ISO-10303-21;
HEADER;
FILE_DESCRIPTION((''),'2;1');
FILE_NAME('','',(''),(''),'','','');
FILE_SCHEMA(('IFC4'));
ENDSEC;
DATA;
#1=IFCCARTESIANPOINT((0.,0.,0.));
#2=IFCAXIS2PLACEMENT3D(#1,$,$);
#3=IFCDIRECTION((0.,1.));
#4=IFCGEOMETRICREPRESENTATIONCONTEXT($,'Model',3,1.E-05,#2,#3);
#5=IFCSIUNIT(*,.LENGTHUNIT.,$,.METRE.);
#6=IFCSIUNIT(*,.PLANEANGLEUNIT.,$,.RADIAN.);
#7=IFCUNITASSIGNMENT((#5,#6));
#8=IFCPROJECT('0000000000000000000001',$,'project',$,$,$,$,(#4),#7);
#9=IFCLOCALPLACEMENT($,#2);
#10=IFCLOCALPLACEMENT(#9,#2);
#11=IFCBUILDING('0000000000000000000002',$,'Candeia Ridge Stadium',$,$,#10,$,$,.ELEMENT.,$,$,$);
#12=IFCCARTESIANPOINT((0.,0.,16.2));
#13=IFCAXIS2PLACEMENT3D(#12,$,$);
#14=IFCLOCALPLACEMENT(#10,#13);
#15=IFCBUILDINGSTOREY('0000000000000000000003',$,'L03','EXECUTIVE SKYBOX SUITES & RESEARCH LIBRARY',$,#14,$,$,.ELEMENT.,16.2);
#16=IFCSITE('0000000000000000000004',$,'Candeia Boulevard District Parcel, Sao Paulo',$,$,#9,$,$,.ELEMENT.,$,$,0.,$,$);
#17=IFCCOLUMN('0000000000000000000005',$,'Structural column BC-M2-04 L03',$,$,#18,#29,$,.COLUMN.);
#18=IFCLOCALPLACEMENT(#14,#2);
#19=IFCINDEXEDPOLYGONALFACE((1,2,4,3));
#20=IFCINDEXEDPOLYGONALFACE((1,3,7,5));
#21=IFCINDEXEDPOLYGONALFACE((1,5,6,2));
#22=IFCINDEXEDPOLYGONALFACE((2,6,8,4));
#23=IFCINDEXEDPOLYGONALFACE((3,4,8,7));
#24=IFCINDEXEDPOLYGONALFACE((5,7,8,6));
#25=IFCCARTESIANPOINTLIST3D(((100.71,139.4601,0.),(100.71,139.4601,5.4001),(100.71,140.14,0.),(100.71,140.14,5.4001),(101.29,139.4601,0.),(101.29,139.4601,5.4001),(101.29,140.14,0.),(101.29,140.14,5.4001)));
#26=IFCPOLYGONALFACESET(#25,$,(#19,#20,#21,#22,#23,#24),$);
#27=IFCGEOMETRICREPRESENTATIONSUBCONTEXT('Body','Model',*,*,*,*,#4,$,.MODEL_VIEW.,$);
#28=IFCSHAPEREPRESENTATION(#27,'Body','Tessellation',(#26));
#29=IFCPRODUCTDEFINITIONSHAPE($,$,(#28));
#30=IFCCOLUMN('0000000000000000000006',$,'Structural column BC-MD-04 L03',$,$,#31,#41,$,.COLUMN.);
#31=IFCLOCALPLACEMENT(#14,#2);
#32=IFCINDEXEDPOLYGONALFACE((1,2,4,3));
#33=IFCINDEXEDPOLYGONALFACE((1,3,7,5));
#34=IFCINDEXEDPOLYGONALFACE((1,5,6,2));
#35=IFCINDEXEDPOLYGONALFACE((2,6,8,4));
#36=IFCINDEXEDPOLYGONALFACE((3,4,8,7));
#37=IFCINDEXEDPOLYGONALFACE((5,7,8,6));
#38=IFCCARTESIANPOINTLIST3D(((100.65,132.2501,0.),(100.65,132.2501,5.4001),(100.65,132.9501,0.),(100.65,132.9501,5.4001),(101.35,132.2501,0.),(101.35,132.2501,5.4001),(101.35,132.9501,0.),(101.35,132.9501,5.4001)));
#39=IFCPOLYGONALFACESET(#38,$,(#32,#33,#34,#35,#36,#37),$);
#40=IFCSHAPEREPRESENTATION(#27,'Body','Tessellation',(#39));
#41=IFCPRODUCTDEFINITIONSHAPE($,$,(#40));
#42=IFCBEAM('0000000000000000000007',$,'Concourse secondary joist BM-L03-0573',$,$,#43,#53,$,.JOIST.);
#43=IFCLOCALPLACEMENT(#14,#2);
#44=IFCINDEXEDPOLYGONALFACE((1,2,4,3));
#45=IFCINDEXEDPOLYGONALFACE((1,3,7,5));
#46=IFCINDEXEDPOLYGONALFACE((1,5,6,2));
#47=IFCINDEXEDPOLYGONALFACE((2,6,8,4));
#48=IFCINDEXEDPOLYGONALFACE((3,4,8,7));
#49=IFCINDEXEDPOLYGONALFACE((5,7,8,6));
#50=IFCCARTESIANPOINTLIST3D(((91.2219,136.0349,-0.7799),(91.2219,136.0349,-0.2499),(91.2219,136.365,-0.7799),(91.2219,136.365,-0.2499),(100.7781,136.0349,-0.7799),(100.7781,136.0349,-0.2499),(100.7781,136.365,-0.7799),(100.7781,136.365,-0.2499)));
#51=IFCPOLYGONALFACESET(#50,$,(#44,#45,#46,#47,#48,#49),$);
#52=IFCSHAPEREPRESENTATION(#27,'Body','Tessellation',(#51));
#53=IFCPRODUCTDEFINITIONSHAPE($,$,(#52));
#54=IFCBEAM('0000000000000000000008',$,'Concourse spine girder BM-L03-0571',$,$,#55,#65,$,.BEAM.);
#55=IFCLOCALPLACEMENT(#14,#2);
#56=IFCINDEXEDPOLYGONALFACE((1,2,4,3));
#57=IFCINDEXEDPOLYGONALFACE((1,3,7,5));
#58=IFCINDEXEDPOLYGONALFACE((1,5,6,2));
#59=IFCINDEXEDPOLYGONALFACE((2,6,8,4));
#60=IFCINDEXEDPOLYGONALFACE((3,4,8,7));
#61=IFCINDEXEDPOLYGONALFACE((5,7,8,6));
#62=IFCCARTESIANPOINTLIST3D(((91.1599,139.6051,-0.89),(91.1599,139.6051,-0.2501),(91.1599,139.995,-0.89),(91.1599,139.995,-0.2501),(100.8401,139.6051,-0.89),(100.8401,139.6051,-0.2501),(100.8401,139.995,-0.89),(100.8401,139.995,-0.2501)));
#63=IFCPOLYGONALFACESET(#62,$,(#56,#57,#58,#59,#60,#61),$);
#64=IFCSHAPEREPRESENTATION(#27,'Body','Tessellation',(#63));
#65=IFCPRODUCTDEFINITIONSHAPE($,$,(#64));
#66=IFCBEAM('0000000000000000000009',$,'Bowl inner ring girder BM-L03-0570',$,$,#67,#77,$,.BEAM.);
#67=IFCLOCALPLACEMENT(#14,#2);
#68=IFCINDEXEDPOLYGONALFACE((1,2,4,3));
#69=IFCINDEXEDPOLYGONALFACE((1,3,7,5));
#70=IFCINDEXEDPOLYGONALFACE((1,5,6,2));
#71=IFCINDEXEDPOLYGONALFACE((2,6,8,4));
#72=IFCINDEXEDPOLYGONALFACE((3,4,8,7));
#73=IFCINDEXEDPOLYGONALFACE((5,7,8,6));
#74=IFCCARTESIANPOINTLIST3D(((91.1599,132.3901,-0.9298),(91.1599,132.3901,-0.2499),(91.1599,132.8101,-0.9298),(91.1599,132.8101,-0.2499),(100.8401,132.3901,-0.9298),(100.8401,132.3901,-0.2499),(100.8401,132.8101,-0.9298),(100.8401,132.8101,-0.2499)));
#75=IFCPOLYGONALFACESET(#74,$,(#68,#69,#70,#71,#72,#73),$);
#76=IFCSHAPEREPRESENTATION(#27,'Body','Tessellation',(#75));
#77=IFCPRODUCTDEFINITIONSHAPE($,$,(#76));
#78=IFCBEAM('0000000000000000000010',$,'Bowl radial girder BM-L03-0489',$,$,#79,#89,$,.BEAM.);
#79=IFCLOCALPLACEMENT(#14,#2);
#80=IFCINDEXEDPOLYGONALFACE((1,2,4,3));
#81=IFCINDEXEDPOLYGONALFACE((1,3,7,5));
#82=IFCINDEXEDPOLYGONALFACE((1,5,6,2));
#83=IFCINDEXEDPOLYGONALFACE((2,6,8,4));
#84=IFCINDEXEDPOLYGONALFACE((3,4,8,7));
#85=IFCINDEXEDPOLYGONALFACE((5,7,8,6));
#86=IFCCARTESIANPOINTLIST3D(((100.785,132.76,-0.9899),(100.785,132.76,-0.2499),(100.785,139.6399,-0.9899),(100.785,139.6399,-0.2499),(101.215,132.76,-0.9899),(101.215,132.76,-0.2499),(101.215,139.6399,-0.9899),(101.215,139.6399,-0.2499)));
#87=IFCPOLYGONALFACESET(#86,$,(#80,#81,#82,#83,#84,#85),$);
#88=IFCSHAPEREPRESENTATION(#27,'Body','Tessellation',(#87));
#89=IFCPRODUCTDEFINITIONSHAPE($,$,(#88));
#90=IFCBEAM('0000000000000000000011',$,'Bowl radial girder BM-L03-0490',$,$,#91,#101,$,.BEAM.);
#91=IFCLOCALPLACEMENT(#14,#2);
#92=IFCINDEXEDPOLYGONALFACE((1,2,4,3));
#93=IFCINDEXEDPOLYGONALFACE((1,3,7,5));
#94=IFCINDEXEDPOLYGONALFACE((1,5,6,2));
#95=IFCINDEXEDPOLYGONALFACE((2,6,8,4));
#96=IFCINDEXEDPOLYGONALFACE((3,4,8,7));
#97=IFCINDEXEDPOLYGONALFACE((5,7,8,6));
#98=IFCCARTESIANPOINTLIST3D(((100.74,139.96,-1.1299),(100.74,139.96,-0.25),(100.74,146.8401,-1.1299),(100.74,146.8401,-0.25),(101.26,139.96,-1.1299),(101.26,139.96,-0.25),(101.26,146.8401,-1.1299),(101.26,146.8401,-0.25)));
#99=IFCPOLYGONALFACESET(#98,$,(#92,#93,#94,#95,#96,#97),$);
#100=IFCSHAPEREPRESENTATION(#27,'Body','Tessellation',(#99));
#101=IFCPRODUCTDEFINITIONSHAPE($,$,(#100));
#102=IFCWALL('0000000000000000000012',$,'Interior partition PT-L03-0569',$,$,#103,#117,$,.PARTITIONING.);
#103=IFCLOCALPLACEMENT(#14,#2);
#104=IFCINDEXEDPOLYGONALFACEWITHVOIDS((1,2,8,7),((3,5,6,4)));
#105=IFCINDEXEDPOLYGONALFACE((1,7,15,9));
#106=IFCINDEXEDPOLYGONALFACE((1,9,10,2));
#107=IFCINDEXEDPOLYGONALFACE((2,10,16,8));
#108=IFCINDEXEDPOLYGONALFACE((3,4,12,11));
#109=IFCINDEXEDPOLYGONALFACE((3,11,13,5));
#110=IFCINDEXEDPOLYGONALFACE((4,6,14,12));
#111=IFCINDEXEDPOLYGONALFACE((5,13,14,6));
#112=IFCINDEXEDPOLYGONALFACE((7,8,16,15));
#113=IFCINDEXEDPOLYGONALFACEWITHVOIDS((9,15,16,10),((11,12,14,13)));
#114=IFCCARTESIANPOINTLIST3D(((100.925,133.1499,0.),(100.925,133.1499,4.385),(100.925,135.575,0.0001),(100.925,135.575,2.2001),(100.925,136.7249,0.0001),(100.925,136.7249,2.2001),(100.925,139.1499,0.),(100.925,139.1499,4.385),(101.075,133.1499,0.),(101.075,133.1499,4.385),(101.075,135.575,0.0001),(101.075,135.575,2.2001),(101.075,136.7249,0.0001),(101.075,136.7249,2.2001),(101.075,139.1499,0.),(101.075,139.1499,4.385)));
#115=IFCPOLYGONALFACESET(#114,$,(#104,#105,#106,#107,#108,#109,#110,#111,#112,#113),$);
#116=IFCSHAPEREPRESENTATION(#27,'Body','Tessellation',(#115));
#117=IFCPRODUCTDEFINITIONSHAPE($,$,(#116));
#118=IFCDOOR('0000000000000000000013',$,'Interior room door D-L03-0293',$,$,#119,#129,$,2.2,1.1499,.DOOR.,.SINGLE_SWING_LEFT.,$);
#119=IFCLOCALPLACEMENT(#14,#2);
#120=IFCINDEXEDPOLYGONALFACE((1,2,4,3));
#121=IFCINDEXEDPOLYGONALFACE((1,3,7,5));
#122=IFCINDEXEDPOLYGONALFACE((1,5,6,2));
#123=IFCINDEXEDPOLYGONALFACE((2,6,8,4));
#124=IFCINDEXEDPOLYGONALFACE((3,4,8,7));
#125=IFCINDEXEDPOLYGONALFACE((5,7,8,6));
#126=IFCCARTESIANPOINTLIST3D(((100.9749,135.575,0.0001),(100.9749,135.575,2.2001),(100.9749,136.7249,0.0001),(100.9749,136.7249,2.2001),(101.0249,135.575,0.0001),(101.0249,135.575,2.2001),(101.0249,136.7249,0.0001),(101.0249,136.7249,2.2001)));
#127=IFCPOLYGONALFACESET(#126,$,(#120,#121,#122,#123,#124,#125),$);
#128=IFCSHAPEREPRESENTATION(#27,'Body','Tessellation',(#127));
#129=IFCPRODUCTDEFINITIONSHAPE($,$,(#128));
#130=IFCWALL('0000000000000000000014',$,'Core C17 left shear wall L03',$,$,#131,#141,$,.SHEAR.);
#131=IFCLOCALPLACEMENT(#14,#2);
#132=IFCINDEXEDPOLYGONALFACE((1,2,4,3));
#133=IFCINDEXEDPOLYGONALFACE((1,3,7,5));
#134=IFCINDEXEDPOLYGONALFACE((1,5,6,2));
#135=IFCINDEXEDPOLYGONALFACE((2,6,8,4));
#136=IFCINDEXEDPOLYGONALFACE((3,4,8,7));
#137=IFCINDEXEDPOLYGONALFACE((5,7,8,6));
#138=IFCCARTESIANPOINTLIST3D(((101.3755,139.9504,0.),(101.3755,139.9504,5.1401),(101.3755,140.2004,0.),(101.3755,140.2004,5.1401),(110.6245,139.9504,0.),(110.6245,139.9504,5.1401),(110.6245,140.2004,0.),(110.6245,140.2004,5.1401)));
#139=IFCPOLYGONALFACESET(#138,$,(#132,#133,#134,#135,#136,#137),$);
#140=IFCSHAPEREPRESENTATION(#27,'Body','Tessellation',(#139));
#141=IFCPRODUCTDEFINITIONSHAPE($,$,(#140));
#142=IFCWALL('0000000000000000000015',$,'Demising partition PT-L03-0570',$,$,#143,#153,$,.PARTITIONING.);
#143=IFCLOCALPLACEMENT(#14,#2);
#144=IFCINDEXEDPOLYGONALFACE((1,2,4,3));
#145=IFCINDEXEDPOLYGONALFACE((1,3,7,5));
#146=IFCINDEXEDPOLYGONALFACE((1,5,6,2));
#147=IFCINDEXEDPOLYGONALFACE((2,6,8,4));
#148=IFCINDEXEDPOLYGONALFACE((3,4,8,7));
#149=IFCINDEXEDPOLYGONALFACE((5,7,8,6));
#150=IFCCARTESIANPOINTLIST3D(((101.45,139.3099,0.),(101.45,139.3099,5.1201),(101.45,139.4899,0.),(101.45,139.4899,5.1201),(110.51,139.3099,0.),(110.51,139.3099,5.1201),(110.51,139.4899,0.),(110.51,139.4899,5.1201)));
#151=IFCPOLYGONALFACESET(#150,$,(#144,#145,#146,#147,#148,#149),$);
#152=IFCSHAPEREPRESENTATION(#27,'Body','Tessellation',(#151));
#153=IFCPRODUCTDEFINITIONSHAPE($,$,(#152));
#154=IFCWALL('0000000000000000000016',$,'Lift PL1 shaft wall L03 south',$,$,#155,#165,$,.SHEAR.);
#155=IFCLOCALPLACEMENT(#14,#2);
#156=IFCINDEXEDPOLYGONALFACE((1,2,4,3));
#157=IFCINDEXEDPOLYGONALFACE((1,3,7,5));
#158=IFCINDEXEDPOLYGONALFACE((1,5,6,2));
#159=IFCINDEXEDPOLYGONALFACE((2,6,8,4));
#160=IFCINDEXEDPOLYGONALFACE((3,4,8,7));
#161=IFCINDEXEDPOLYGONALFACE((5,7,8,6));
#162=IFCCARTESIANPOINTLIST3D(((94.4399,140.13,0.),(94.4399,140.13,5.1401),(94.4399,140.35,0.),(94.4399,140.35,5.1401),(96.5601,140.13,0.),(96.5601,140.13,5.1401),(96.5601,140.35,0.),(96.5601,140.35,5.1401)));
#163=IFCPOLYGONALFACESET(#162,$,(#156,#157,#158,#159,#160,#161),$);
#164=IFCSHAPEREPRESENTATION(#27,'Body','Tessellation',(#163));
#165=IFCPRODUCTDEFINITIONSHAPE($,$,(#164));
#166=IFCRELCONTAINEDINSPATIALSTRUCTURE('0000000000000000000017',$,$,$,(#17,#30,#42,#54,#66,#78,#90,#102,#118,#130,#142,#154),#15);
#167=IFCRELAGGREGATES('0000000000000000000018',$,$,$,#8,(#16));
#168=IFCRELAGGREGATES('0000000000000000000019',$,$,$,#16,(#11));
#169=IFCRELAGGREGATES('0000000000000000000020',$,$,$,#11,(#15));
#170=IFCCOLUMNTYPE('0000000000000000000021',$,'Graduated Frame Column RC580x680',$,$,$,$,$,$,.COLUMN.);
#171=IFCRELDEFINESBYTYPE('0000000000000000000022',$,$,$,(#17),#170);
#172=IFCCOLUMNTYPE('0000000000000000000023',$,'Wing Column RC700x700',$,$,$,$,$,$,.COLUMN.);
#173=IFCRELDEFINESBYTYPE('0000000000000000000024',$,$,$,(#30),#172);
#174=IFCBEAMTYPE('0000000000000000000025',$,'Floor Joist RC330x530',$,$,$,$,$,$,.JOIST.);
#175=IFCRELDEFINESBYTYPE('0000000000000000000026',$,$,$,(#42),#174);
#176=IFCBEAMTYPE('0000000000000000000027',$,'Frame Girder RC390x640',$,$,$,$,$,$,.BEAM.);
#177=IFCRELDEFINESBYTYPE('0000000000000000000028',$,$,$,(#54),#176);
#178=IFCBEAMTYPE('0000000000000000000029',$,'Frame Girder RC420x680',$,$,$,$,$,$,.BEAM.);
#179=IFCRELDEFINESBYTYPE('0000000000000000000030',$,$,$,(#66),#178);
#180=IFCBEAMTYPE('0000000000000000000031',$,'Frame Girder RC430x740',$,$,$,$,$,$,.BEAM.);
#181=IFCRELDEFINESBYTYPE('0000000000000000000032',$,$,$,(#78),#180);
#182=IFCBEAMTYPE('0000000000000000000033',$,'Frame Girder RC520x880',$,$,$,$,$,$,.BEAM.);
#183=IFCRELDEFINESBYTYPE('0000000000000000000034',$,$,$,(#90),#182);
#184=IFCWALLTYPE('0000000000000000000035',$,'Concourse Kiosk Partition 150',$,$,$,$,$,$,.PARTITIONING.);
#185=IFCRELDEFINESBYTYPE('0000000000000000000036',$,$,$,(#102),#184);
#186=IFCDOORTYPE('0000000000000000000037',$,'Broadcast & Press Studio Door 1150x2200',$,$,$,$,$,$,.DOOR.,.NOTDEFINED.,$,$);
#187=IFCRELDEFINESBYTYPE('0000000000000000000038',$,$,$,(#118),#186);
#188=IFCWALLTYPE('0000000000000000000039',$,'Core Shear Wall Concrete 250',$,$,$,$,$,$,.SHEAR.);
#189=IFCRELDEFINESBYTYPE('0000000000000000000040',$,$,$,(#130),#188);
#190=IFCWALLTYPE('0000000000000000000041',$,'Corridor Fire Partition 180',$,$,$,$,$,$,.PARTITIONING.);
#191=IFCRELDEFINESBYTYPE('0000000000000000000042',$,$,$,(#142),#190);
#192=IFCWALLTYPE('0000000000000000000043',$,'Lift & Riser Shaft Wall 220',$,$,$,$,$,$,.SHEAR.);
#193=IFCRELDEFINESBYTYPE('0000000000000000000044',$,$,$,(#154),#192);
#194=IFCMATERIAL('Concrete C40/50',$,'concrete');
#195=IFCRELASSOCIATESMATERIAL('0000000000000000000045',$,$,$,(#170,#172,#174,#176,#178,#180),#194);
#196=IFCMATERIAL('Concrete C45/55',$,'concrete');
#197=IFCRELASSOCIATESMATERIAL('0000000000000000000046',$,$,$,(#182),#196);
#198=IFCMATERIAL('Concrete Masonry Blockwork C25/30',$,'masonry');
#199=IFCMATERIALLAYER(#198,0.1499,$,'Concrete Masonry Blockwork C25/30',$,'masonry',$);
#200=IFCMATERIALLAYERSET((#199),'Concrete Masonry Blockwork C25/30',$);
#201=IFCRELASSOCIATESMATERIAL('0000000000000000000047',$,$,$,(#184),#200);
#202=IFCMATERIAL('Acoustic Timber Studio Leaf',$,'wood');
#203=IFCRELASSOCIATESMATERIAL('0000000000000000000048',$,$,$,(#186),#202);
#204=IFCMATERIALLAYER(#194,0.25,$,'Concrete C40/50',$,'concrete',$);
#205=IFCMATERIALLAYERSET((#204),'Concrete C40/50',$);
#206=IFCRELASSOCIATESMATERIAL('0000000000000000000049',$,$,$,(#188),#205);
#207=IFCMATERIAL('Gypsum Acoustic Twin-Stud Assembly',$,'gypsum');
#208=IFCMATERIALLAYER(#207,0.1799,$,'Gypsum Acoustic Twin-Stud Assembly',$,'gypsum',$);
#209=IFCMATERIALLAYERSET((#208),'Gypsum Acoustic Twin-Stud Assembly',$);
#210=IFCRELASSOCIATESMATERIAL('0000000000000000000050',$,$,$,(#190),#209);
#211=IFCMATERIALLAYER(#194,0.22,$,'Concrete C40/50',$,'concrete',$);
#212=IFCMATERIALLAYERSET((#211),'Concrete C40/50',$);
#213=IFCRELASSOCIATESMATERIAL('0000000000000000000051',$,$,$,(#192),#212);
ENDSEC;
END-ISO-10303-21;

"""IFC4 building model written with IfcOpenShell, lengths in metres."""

from ifc_helpers import new_model, si_unit, direction, frame, frame_2d, origin, origin_2d, place, context, subcontext, project, spatial, rectangle, extrude, material, layer, layer_set, material_profile, profile_set, type_object, element, fill, save


model = new_model("IFC4")

# Units and contexts
model_context = context("Model", 3, precision=1e-05, world=origin(), true_north=direction((0.0, 1.0)))
body_context = subcontext(model_context, "Body", "Model", "MODEL_VIEW")
ifc_project = project(units=[si_unit("LENGTHUNIT", "METRE"), si_unit("PLANEANGLEUNIT", "RADIAN")], contexts=[model_context])

# Site, building, storey
site_placement = place(None, origin())
site = spatial("IfcSite", under=ifc_project, at=site_placement, Name="Candeia Boulevard District Parcel, Sao Paulo", CompositionType="ELEMENT", RefElevation=0.0)
building_placement = place(site_placement, origin())
building = spatial("IfcBuilding", under=site, at=building_placement, Name="Candeia Ridge Stadium", CompositionType="ELEMENT")
storey_placement = place(building_placement, frame((0.0, 0.0, 16.2)))
storey = spatial("IfcBuildingStorey", under=building, at=storey_placement, Name="L03", Description="EXECUTIVE SKYBOX SUITES & RESEARCH LIBRARY", CompositionType="ELEMENT", Elevation=16.2)

# Columns
ifc_material_1 = material(Name="Concrete C40/50", Category="concrete")
ifc_material_profile_1 = material_profile(ifc_material_1, rectangle(XDim=0.5801, YDim=0.6799, at=origin_2d()), Name="RC580x680", Category="concrete")
ifc_profile_set_1 = profile_set([ifc_material_profile_1], Name="Concrete C40/50")
column_type_1 = type_object("IfcColumnType", Name="Graduated Frame Column RC580x680", PredefinedType="COLUMN", material=ifc_profile_set_1)
column_1_placement = place(storey_placement, frame((101.0, 139.8, 0.0), z_axis=(0.0, 0.0, 1.0), x_axis=(1.0, 0.0, 0.0)))
element("IfcColumn", 1, at=column_1_placement, inside=storey, type_object=column_type_1, Name="Structural column BC-M2-04 L03", PredefinedType="COLUMN", context=body_context, shape_type="SweptSolid", body=[
    extrude(rectangle(XDim=0.5801, YDim=0.6799, at=origin_2d()), origin(), (0.0, 0.0, 1.0), 5.4001),
])
ifc_material_profile_2 = material_profile(ifc_material_1, rectangle(XDim=0.7, YDim=0.7, at=origin_2d()), Name="RC700x700", Category="concrete")
ifc_profile_set_2 = profile_set([ifc_material_profile_2], Name="Concrete C40/50")
column_type_2 = type_object("IfcColumnType", Name="Wing Column RC700x700", PredefinedType="COLUMN", material=ifc_profile_set_2)
column_2_placement = place(storey_placement, frame((101.0, 132.6001, 0.0), z_axis=(0.0, 0.0, 1.0), x_axis=(1.0, 0.0, 0.0)))
element("IfcColumn", 2, at=column_2_placement, inside=storey, type_object=column_type_2, Name="Structural column BC-MD-04 L03", PredefinedType="COLUMN", context=body_context, shape_type="SweptSolid", body=[
    extrude(rectangle(XDim=0.7, YDim=0.7, at=origin_2d()), origin(), (0.0, 0.0, 1.0), 5.4001),
])

# Beams
ifc_material_profile_3 = material_profile(ifc_material_1, rectangle(XDim=0.3301, YDim=0.53, at=origin_2d()), Name="RC330x530", Category="concrete")
ifc_profile_set_3 = profile_set([ifc_material_profile_3], Name="Concrete C40/50")
beam_type_1 = type_object("IfcBeamType", Name="Floor Joist RC330x530", PredefinedType="JOIST", material=ifc_profile_set_3)
beam_1_placement = place(storey_placement, frame((100.7781, 136.2, -0.5149), z_axis=(-1.0, 0.0, 0.0), x_axis=(0.0, -1.0, 0.0)))
element("IfcBeam", 3, at=beam_1_placement, inside=storey, type_object=beam_type_1, Name="Concourse secondary joist BM-L03-0573", PredefinedType="JOIST", context=body_context, shape_type="SweptSolid", body=[
    extrude(rectangle(XDim=0.3301, YDim=0.53, at=origin_2d()), origin(), (0.0, 0.0, 1.0), 9.5562),
])
ifc_material_profile_4 = material_profile(ifc_material_1, rectangle(XDim=0.3899, YDim=0.6399, at=origin_2d()), Name="RC390x640", Category="concrete")
ifc_profile_set_4 = profile_set([ifc_material_profile_4], Name="Concrete C40/50")
beam_type_2 = type_object("IfcBeamType", Name="Frame Girder RC390x640", PredefinedType="BEAM", material=ifc_profile_set_4)
beam_2_placement = place(storey_placement, frame((100.8401, 139.8, -0.5701), z_axis=(-1.0, 0.0, 0.0), x_axis=(0.0, -1.0, 0.0)))
element("IfcBeam", 4, at=beam_2_placement, inside=storey, type_object=beam_type_2, Name="Concourse spine girder BM-L03-0571", PredefinedType="BEAM", context=body_context, shape_type="SweptSolid", body=[
    extrude(rectangle(XDim=0.3899, YDim=0.6399, at=origin_2d()), origin(), (0.0, 0.0, 1.0), 9.6802),
])
ifc_material_profile_5 = material_profile(ifc_material_1, rectangle(XDim=0.4199, YDim=0.6799, at=origin_2d()), Name="RC420x680", Category="concrete")
ifc_profile_set_5 = profile_set([ifc_material_profile_5], Name="Concrete C40/50")
beam_type_3 = type_object("IfcBeamType", Name="Frame Girder RC420x680", PredefinedType="BEAM", material=ifc_profile_set_5)
beam_3_placement = place(storey_placement, frame((100.8401, 132.6001, -0.5898), z_axis=(-1.0, 0.0, 0.0), x_axis=(0.0, -1.0, 0.0)))
element("IfcBeam", 5, at=beam_3_placement, inside=storey, type_object=beam_type_3, Name="Bowl inner ring girder BM-L03-0570", PredefinedType="BEAM", context=body_context, shape_type="SweptSolid", body=[
    extrude(rectangle(XDim=0.4199, YDim=0.6799, at=origin_2d()), origin(), (0.0, 0.0, 1.0), 9.6802),
])
ifc_material_profile_6 = material_profile(ifc_material_1, rectangle(XDim=0.4299, YDim=0.74, at=origin_2d()), Name="RC430x740", Category="concrete")
ifc_profile_set_6 = profile_set([ifc_material_profile_6], Name="Concrete C40/50")
beam_type_4 = type_object("IfcBeamType", Name="Frame Girder RC430x740", PredefinedType="BEAM", material=ifc_profile_set_6)
beam_4_placement = place(storey_placement, frame((101.0, 132.76, -0.6199), z_axis=(0.0, 1.0, 0.0), x_axis=(-1.0, 0.0, 0.0)))
element("IfcBeam", 6, at=beam_4_placement, inside=storey, type_object=beam_type_4, Name="Bowl radial girder BM-L03-0489", PredefinedType="BEAM", context=body_context, shape_type="SweptSolid", body=[
    extrude(rectangle(XDim=0.4299, YDim=0.74, at=origin_2d()), origin(), (0.0, 0.0, 1.0), 6.8799),
])
ifc_material_2 = material(Name="Concrete C45/55", Category="concrete")
ifc_material_profile_7 = material_profile(ifc_material_2, rectangle(XDim=0.52, YDim=0.8799, at=origin_2d()), Name="RC520x880", Category="concrete")
ifc_profile_set_7 = profile_set([ifc_material_profile_7], Name="Concrete C45/55")
beam_type_5 = type_object("IfcBeamType", Name="Frame Girder RC520x880", PredefinedType="BEAM", material=ifc_profile_set_7)
beam_5_placement = place(storey_placement, frame((101.0, 139.96, -0.6899), z_axis=(0.0, 1.0, 0.0), x_axis=(-1.0, 0.0, 0.0)))
element("IfcBeam", 7, at=beam_5_placement, inside=storey, type_object=beam_type_5, Name="Bowl radial girder BM-L03-0490", PredefinedType="BEAM", context=body_context, shape_type="SweptSolid", body=[
    extrude(rectangle(XDim=0.52, YDim=0.8799, at=origin_2d()), origin(), (0.0, 0.0, 1.0), 6.8801),
])

# Wall, opening, door
ifc_material_3 = material(Name="Concrete Masonry Blockwork C25/30", Category="masonry")
ifc_layer_1 = layer(ifc_material_3, 0.1499, Name="Concrete Masonry Blockwork C25/30", Category="masonry")
ifc_layer_set_1 = layer_set([ifc_layer_1], Name="Concrete Masonry Blockwork C25/30")
wall_type_1 = type_object("IfcWallType", Name="Concourse Kiosk Partition 150", PredefinedType="PARTITIONING", material=ifc_layer_set_1)
wall_1_placement = place(storey_placement, frame((101.0, 133.1499, 0.0), z_axis=(0.0, 0.0, 1.0), x_axis=(0.0, 1.0, 0.0)))
wall_1 = element("IfcWall", 8, at=wall_1_placement, inside=storey, type_object=wall_type_1, Name="Interior partition PT-L03-0569", PredefinedType="PARTITIONING", context=body_context, shape_type="SweptSolid", body=[
    extrude(rectangle(XDim=6.0, YDim=0.1499, at=frame_2d((3.0, 0.0))), origin(), (0.0, 0.0, 1.0), 4.385),
])
opening_1_placement = place(wall_1_placement, frame((2.425, 0.0, 0.0)))
opening_1 = element("IfcOpeningElement", 9, at=opening_1_placement, cuts=wall_1, PredefinedType="OPENING", context=body_context, shape_type="SweptSolid", body=[
    extrude(rectangle(XDim=1.1499, YDim=2.2, at=frame_2d((0.575, 1.1001))), frame((0.0, 0.085, 0.0), z_axis=(0.0, -1.0, 0.0), x_axis=(1.0, 0.0, 0.0)), (0.0, 0.0, 1.0), 0.1699),
])
ifc_material_4 = material(Name="Acoustic Timber Studio Leaf", Category="wood")
door_type_1 = type_object("IfcDoorType", Name="Broadcast & Press Studio Door 1150x2200", OperationType="NOTDEFINED", PredefinedType="DOOR", material=ifc_material_4)
door_1_placement = place(opening_1_placement, frame((1.1499, 0.0, 0.0), z_axis=(0.0, 0.0, 1.0), x_axis=(-1.0, 0.0, 0.0)))
door_1 = element("IfcDoor", 10, at=door_1_placement, inside=storey, type_object=door_type_1, Name="Interior room door D-L03-0293", OperationType="SINGLE_SWING_LEFT", OverallHeight=2.2, OverallWidth=1.1499, PredefinedType="DOOR", context=body_context, shape_type="SweptSolid", body=[
    extrude(rectangle(XDim=1.1499, YDim=2.2, at=frame_2d((0.575, 1.1001))), frame((0.0, 0.0249, 0.0), z_axis=(0.0, -1.0, 0.0), x_axis=(1.0, 0.0, 0.0)), (0.0, 0.0, 1.0), 0.05),
])
fill(opening_1, door_1)

# Walls
ifc_layer_2 = layer(ifc_material_1, 0.25, Name="Concrete C40/50", Category="concrete")
ifc_layer_set_2 = layer_set([ifc_layer_2], Name="Concrete C40/50")
wall_type_2 = type_object("IfcWallType", Name="Core Shear Wall Concrete 250", PredefinedType="SHEAR", material=ifc_layer_set_2)
wall_2_placement = place(storey_placement, frame((101.3755, 140.0754, 0.0), z_axis=(0.0, 0.0, 1.0), x_axis=(1.0, 0.0, 0.0)))
element("IfcWall", 11, at=wall_2_placement, inside=storey, type_object=wall_type_2, Name="Core C17 left shear wall L03", PredefinedType="SHEAR", context=body_context, shape_type="SweptSolid", body=[
    extrude(rectangle(XDim=9.249, YDim=0.25, at=frame_2d((4.6245, 0.0))), origin(), (0.0, 0.0, 1.0), 5.1401),
])
ifc_material_5 = material(Name="Gypsum Acoustic Twin-Stud Assembly", Category="gypsum")
ifc_layer_3 = layer(ifc_material_5, 0.1799, Name="Gypsum Acoustic Twin-Stud Assembly", Category="gypsum")
ifc_layer_set_3 = layer_set([ifc_layer_3], Name="Gypsum Acoustic Twin-Stud Assembly")
wall_type_3 = type_object("IfcWallType", Name="Corridor Fire Partition 180", PredefinedType="PARTITIONING", material=ifc_layer_set_3)
wall_3_placement = place(storey_placement, frame((101.45, 139.3999, 0.0), z_axis=(0.0, 0.0, 1.0), x_axis=(1.0, 0.0, 0.0)))
element("IfcWall", 12, at=wall_3_placement, inside=storey, type_object=wall_type_3, Name="Demising partition PT-L03-0570", PredefinedType="PARTITIONING", context=body_context, shape_type="SweptSolid", body=[
    extrude(rectangle(XDim=9.0601, YDim=0.1799, at=frame_2d((4.53, 0.0))), origin(), (0.0, 0.0, 1.0), 5.1201),
])
ifc_layer_4 = layer(ifc_material_1, 0.22, Name="Concrete C40/50", Category="concrete")
ifc_layer_set_4 = layer_set([ifc_layer_4], Name="Concrete C40/50")
wall_type_4 = type_object("IfcWallType", Name="Lift & Riser Shaft Wall 220", PredefinedType="SHEAR", material=ifc_layer_set_4)
wall_4_placement = place(storey_placement, frame((94.4399, 140.24, 0.0), z_axis=(0.0, 0.0, 1.0), x_axis=(1.0, 0.0, 0.0)))
element("IfcWall", 13, at=wall_4_placement, inside=storey, type_object=wall_type_4, Name="Lift PL1 shaft wall L03 south", PredefinedType="SHEAR", context=body_context, shape_type="SweptSolid", body=[
    extrude(rectangle(XDim=2.1201, YDim=0.22, at=frame_2d((1.0601, 0.0))), origin(), (0.0, 0.0, 1.0), 5.1401),
])

save(model, "model.ifc")
